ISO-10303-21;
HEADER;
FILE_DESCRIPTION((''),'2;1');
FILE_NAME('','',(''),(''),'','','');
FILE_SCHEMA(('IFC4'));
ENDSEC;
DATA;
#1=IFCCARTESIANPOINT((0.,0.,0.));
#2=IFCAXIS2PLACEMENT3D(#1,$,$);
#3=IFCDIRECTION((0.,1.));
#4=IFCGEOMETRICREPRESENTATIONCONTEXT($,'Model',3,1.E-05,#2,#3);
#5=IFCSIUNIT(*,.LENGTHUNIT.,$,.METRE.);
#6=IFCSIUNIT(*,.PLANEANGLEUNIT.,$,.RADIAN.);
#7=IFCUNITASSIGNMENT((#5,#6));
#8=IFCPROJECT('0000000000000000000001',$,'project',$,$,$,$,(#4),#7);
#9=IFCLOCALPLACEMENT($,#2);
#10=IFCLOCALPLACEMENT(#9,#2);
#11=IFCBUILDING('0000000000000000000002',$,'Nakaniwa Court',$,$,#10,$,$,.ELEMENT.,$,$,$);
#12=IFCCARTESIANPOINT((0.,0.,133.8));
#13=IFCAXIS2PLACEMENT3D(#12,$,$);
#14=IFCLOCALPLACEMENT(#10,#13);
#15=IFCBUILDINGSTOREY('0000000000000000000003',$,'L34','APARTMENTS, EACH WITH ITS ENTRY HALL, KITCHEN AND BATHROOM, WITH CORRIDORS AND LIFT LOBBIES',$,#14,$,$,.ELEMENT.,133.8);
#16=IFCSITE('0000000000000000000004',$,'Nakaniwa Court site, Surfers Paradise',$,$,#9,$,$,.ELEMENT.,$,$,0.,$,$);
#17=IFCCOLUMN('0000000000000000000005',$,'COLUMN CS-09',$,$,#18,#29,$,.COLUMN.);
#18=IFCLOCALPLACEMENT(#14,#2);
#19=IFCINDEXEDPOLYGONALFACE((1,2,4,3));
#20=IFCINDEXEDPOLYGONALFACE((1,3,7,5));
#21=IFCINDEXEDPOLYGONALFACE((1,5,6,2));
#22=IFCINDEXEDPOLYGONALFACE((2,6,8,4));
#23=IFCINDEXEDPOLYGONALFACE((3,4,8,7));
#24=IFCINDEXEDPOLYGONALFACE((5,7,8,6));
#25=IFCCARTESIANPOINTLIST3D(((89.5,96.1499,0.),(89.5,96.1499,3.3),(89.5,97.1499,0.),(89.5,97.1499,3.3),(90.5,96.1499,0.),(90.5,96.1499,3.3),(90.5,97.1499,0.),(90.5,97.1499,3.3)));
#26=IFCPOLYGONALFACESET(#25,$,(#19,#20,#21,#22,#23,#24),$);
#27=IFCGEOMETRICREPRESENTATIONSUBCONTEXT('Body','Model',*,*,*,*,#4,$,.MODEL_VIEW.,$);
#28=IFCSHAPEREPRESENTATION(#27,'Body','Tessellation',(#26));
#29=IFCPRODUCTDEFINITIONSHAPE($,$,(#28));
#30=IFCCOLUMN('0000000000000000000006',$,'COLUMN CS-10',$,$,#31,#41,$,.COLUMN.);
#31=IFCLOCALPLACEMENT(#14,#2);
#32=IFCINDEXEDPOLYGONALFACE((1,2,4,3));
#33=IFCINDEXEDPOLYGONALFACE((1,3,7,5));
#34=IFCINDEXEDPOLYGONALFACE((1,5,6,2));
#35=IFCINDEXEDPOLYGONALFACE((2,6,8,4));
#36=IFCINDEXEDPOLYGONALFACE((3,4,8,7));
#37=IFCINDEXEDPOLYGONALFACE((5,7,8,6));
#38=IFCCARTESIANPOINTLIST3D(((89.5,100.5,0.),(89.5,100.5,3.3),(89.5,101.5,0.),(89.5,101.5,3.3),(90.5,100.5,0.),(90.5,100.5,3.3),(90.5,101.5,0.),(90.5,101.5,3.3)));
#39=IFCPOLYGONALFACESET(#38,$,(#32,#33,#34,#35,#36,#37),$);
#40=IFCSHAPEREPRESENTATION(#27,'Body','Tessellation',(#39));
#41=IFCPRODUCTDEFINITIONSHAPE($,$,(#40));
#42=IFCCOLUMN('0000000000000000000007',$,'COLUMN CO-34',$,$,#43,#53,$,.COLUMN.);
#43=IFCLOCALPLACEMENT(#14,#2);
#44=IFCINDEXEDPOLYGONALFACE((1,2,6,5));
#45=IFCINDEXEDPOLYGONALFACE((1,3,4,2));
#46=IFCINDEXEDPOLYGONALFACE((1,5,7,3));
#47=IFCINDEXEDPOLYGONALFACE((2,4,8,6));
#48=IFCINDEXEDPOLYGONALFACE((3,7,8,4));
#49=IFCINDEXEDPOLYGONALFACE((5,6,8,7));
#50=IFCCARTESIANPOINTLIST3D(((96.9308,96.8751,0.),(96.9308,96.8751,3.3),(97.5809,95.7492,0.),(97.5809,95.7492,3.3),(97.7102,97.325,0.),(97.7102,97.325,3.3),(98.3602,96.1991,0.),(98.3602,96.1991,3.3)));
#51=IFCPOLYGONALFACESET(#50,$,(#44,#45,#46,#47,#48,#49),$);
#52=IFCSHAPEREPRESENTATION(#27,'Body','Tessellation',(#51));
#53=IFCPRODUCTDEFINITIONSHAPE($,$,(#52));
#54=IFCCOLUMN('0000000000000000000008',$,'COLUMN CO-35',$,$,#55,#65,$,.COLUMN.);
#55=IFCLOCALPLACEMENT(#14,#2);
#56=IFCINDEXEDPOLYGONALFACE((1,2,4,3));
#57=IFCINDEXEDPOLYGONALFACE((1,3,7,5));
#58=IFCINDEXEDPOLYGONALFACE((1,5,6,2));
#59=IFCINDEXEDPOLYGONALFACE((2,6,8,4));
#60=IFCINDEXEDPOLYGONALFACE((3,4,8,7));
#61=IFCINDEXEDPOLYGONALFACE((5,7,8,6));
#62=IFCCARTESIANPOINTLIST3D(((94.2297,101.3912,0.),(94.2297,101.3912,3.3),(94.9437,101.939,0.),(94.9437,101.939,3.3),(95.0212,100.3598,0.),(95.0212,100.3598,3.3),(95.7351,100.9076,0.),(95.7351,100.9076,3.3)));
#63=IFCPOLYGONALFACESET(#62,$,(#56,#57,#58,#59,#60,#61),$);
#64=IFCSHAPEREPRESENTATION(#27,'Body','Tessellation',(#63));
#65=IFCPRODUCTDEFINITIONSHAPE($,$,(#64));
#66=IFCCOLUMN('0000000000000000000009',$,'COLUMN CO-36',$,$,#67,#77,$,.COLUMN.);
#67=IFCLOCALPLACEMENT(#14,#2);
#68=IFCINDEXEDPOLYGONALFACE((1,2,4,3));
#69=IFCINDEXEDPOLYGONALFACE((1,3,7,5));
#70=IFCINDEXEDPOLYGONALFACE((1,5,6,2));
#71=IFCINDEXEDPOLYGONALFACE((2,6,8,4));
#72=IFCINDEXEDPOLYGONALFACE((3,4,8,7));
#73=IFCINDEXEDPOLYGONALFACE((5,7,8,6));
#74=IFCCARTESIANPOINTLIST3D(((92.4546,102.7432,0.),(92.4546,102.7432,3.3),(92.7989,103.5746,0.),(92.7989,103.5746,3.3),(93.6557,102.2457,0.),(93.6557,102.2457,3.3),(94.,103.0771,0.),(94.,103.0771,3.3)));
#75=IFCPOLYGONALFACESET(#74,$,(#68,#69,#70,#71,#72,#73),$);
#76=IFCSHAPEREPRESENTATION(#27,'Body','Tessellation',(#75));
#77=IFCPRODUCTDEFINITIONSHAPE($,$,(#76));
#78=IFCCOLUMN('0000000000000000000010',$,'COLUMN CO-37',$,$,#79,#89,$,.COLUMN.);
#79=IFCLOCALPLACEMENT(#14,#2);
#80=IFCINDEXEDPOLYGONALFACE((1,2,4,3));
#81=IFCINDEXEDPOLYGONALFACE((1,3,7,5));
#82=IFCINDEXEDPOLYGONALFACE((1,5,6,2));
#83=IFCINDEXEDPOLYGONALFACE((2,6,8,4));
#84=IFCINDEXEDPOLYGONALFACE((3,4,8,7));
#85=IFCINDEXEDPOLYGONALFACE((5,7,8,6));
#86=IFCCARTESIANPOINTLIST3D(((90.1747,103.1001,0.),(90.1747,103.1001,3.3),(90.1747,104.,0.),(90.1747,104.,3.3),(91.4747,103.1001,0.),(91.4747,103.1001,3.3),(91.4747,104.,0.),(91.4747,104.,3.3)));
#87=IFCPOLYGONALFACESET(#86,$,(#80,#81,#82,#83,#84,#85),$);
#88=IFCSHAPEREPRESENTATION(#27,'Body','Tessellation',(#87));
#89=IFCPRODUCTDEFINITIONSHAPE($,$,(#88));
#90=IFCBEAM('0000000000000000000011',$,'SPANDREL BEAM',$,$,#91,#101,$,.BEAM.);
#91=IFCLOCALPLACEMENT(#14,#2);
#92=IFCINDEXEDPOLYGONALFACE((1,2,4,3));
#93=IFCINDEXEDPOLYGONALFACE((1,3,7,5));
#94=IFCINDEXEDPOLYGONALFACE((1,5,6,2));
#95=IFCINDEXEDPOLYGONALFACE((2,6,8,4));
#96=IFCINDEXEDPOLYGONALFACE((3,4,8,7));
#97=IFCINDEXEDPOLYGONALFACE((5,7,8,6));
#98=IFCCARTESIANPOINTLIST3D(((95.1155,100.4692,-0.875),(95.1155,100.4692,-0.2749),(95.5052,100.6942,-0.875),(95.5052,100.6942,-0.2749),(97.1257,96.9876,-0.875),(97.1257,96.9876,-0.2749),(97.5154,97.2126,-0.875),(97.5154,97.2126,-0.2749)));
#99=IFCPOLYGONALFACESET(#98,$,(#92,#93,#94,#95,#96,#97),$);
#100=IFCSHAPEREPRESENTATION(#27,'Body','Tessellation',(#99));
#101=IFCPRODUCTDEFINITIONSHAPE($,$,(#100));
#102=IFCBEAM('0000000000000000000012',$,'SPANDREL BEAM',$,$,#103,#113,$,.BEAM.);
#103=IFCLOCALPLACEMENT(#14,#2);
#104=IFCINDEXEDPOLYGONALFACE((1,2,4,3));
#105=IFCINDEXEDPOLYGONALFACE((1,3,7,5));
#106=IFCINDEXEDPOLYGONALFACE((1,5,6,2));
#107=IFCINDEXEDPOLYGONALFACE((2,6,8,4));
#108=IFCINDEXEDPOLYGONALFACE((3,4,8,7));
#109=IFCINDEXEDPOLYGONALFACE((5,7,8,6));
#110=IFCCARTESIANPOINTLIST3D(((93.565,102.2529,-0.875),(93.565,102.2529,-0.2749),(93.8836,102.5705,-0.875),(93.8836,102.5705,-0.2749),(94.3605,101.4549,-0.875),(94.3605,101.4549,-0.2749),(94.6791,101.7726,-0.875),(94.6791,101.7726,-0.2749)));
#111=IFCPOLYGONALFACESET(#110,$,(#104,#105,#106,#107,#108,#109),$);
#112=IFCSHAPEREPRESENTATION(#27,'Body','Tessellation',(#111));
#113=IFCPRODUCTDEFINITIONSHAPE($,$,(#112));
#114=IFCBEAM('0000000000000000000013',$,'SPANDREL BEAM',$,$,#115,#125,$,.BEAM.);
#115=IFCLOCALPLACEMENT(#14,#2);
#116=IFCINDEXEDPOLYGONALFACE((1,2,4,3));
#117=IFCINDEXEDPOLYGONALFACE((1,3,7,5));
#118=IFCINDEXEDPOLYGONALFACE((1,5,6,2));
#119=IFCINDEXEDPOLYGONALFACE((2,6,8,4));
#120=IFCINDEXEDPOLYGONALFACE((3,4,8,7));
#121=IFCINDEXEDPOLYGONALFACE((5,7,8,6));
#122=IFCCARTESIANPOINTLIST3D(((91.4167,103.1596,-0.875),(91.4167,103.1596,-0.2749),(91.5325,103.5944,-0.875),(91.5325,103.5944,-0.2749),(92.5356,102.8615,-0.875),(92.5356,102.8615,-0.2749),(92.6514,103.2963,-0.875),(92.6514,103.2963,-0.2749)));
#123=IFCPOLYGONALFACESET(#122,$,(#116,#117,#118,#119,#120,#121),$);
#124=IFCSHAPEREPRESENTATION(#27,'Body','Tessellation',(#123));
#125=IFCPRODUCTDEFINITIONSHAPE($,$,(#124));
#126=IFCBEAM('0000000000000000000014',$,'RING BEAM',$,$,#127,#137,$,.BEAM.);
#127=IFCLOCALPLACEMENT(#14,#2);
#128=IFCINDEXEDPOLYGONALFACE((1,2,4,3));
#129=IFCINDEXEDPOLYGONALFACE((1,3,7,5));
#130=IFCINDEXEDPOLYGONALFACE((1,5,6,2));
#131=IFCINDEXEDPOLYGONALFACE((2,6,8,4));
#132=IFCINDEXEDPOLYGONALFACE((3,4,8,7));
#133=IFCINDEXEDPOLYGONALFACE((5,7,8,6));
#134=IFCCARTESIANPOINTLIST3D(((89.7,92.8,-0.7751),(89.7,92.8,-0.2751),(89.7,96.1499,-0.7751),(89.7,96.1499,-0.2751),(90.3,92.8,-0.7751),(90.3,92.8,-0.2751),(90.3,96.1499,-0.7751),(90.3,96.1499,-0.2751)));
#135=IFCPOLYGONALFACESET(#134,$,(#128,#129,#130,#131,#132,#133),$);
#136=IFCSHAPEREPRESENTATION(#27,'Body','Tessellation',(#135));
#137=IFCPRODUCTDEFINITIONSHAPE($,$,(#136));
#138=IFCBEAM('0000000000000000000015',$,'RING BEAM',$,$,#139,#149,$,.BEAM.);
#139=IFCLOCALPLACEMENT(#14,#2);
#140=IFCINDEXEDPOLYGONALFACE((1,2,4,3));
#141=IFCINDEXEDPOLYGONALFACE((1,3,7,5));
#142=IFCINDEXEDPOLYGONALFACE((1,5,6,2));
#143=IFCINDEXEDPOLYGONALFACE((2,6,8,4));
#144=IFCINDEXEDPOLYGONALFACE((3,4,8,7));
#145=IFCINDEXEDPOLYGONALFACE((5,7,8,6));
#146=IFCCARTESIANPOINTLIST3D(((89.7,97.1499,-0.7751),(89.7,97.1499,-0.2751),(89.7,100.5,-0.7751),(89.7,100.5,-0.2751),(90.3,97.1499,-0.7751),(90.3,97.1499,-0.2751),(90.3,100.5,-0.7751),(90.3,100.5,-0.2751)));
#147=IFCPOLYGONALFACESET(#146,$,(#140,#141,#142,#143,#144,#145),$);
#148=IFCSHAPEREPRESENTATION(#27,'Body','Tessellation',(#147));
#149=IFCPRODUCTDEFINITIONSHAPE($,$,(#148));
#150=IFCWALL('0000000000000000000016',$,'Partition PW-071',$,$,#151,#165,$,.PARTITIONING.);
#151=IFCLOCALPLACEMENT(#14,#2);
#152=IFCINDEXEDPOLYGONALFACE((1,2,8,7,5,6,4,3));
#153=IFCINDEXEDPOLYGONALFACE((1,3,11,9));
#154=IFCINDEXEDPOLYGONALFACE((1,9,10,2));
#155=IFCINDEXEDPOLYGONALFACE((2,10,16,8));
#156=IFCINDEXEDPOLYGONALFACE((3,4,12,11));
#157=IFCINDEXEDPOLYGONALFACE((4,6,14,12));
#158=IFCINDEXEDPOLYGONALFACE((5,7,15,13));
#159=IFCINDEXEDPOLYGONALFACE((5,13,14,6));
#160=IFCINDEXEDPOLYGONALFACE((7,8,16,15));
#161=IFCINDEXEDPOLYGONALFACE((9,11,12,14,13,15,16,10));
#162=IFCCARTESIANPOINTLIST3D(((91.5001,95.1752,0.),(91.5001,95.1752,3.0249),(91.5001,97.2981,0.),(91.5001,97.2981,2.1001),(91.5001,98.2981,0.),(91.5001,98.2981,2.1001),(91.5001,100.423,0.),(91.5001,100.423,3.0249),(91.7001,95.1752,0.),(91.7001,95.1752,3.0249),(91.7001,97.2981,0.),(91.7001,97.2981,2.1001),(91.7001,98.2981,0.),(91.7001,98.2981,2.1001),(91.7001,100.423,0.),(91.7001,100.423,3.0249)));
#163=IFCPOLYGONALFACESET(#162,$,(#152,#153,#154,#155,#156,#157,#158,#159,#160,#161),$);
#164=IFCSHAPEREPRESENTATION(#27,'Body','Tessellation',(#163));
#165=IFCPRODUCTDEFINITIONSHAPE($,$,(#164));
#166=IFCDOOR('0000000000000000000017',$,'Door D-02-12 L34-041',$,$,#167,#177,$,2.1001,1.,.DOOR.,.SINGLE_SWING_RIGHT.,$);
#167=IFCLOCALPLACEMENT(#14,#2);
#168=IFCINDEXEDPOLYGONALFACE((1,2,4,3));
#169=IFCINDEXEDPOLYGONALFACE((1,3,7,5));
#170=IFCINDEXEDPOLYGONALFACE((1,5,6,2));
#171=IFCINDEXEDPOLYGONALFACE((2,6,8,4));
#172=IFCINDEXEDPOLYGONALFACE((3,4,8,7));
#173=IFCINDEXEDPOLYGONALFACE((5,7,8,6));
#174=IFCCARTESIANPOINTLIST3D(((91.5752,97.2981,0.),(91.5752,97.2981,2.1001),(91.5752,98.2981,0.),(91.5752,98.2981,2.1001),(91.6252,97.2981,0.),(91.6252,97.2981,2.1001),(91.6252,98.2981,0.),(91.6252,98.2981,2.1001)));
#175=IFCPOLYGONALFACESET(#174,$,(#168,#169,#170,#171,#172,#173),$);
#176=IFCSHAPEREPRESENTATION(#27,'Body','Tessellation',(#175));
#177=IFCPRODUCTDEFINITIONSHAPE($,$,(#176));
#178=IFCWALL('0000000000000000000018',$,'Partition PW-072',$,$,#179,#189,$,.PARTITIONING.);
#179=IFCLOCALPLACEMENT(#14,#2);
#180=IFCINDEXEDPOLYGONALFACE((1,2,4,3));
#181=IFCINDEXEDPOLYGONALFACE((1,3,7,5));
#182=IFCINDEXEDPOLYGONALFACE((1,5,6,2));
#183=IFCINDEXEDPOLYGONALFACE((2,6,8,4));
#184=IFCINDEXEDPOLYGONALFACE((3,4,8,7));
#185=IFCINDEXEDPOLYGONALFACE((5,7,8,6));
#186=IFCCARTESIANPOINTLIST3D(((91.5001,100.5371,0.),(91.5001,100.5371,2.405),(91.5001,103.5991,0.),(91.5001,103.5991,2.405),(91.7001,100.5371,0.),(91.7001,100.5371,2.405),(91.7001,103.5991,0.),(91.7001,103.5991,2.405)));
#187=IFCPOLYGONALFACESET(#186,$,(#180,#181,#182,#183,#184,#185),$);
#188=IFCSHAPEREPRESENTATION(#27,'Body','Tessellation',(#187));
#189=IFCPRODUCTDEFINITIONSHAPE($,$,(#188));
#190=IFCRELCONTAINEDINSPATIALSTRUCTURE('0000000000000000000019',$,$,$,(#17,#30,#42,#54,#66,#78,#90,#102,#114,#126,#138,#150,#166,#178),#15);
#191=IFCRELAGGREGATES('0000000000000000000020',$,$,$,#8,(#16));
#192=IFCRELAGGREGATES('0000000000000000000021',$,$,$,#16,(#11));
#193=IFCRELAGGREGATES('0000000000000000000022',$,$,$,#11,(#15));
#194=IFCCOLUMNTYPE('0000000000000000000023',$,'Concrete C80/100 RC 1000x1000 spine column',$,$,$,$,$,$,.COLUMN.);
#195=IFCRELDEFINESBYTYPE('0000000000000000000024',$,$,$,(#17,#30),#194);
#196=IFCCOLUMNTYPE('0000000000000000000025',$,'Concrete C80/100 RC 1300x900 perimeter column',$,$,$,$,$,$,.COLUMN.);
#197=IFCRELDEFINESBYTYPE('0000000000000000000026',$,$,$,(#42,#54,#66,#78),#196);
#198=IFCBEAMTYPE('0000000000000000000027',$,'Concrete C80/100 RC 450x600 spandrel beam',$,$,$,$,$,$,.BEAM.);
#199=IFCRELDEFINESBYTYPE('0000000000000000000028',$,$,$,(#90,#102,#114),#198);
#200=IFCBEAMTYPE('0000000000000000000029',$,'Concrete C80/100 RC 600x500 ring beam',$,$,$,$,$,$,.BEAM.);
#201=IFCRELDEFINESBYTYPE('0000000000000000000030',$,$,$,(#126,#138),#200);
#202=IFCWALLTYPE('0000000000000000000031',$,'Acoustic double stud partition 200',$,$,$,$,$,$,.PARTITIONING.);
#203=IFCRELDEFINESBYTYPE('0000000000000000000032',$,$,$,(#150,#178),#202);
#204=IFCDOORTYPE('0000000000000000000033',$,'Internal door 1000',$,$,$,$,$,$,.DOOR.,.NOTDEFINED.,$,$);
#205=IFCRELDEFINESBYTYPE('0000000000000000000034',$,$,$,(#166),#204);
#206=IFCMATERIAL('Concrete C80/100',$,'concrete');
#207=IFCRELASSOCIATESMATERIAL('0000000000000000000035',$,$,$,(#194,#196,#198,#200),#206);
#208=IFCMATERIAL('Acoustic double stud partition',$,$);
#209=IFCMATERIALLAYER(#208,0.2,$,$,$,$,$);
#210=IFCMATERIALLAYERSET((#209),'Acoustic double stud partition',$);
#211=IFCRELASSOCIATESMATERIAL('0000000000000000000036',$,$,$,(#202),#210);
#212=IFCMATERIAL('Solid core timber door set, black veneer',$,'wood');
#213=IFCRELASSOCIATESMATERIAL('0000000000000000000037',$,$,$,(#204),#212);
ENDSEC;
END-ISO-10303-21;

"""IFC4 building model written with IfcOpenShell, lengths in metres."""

from ifc_helpers import new_model, si_unit, direction, frame, frame_2d, origin, origin_2d, place, context, subcontext, project, spatial, rectangle, extrude, material, layer, layer_set, material_profile, profile_set, type_object, element, fill, save


model = new_model("IFC4")

# Units and contexts
model_context = context("Model", 3, precision=1e-05, world=origin(), true_north=direction((0.0, 1.0)))
body_context = subcontext(model_context, "Body", "Model", "MODEL_VIEW")
ifc_project = project(units=[si_unit("LENGTHUNIT", "METRE"), si_unit("PLANEANGLEUNIT", "RADIAN")], contexts=[model_context])

# Site, building, storey
site_placement = place(None, origin())
site = spatial("IfcSite", under=ifc_project, at=site_placement, Name="Nakaniwa Court site, Surfers Paradise", CompositionType="ELEMENT", RefElevation=0.0)
building_placement = place(site_placement, origin())
building = spatial("IfcBuilding", under=site, at=building_placement, Name="Nakaniwa Court", CompositionType="ELEMENT")
storey_placement = place(building_placement, frame((0.0, 0.0, 133.8)))
storey = spatial("IfcBuildingStorey", under=building, at=storey_placement, Name="L34", Description="APARTMENTS, EACH WITH ITS ENTRY HALL, KITCHEN AND BATHROOM, WITH CORRIDORS AND LIFT LOBBIES", CompositionType="ELEMENT", Elevation=133.8)

# Columns
ifc_material_1 = material(Name="Concrete C80/100", Category="concrete")
ifc_material_profile_1 = material_profile(ifc_material_1, rectangle(XDim=1.0, YDim=1.0, at=origin_2d()), Name="Concrete C80/100 RC 1000x1000 spine column")
ifc_profile_set_1 = profile_set([ifc_material_profile_1], Name="Concrete C80/100")
column_type_1 = type_object("IfcColumnType", Name="Concrete C80/100 RC 1000x1000 spine column", PredefinedType="COLUMN", material=ifc_profile_set_1)
for number, where, z_axis, x_axis, name in (
    (1, (90.0, 96.6499, 0.0), (0.0, 0.0, 1.0), (0.0, 1.0, 0.0), "COLUMN CS-09"),
    (2, (90.0, 101.0, 0.0), (0.0, 0.0, 1.0), (0.0, 1.0, 0.0), "COLUMN CS-10"),
):
    element("IfcColumn", number, at=place(storey_placement, frame(where, z_axis=z_axis, x_axis=x_axis)), inside=storey, type_object=column_type_1, Name=name, PredefinedType="COLUMN", context=body_context, shape_type="SweptSolid", body=[
        extrude(rectangle(XDim=1.0, YDim=1.0, at=origin_2d()), origin(), (0.0, 0.0, 1.0), 3.3),
    ])
ifc_material_profile_2 = material_profile(ifc_material_1, rectangle(XDim=1.3, YDim=0.8999, at=origin_2d()), Name="Concrete C80/100 RC 1300x900 perimeter column")
ifc_profile_set_2 = profile_set([ifc_material_profile_2], Name="Concrete C80/100")
column_type_2 = type_object("IfcColumnType", Name="Concrete C80/100 RC 1300x900 perimeter column", PredefinedType="COLUMN", material=ifc_profile_set_2)
for number, where, z_axis, x_axis, name in (
    (3, (97.6455, 96.5371, 0.0), (0.0, 0.0, 1.0), (-0.5, 0.866025, 0.0), "COLUMN CO-34"),
    (4, (94.9824, 101.1494, 0.0), (0.0, 0.0, 1.0), (-0.608761, 0.793353, 0.0), "COLUMN CO-35"),
    (5, (93.2273, 102.9102, 0.0), (0.0, 0.0, 1.0), (-0.92388, 0.382683, 0.0), "COLUMN CO-36"),
    (6, (90.8247, 103.55, 0.0), (0.0, 0.0, 1.0), (-1.0, 0.0, 0.0), "COLUMN CO-37"),
):
    element("IfcColumn", number, at=place(storey_placement, frame(where, z_axis=z_axis, x_axis=x_axis)), inside=storey, type_object=column_type_2, Name=name, PredefinedType="COLUMN", context=body_context, shape_type="SweptSolid", body=[
        extrude(rectangle(XDim=1.3, YDim=0.8999, at=origin_2d()), origin(), (0.0, 0.0, 1.0), 3.3),
    ])

# Beams
ifc_material_profile_3 = material_profile(ifc_material_1, rectangle(XDim=0.45, YDim=0.6001, at=origin_2d()), Name="Concrete C80/100 RC 450x600 spandrel beam")
ifc_profile_set_3 = profile_set([ifc_material_profile_3], Name="Concrete C80/100")
beam_type_1 = type_object("IfcBeamType", Name="Concrete C80/100 RC 450x600 spandrel beam", PredefinedType="BEAM", material=ifc_profile_set_3)
beam_1_placement = place(storey_placement, frame((97.3206, 97.1001, -0.575), z_axis=(-0.500019, 0.866015, 0.0), x_axis=(-0.866015, -0.500019, 0.0)))
element("IfcBeam", 7, at=beam_1_placement, inside=storey, type_object=beam_type_1, Name="SPANDREL BEAM", PredefinedType="BEAM", context=body_context, shape_type="SweptSolid", body=[
    extrude(rectangle(XDim=0.45, YDim=0.6001, at=origin_2d()), origin(), (0.0, 0.0, 1.0), 4.0203),
])
beam_2_placement = place(storey_placement, frame((94.5198, 101.6138, -0.575), z_axis=(-0.706022, 0.708189, 0.0), x_axis=(-0.708189, -0.706022, 0.0)))
element("IfcBeam", 8, at=beam_2_placement, inside=storey, type_object=beam_type_1, Name="SPANDREL BEAM", PredefinedType="BEAM", context=body_context, shape_type="SweptSolid", body=[
    extrude(rectangle(XDim=0.45, YDim=0.6001, at=origin_2d()), origin(), (0.0, 0.0, 1.0), 1.1267),
])
beam_3_placement = place(storey_placement, frame((92.5935, 103.0789, -0.575), z_axis=(-0.966294, 0.25744, 0.0), x_axis=(-0.25744, -0.966294, 0.0)))
element("IfcBeam", 9, at=beam_3_placement, inside=storey, type_object=beam_type_1, Name="SPANDREL BEAM", PredefinedType="BEAM", context=body_context, shape_type="SweptSolid", body=[
    extrude(rectangle(XDim=0.45, YDim=0.6001, at=origin_2d()), origin(), (0.0, 0.0, 1.0), 1.158),
])
ifc_material_profile_4 = material_profile(ifc_material_1, rectangle(XDim=0.6001, YDim=0.5, at=origin_2d()), Name="Concrete C80/100 RC 600x500 ring beam")
ifc_profile_set_4 = profile_set([ifc_material_profile_4], Name="Concrete C80/100")
beam_type_2 = type_object("IfcBeamType", Name="Concrete C80/100 RC 600x500 ring beam", PredefinedType="BEAM", material=ifc_profile_set_4)
beam_4_placement = place(storey_placement, frame((90.0, 92.8, -0.5251), z_axis=(0.0, 1.0, 0.0), x_axis=(-1.0, 0.0, 0.0)))
element("IfcBeam", 10, at=beam_4_placement, inside=storey, type_object=beam_type_2, Name="RING BEAM", PredefinedType="BEAM", context=body_context, shape_type="SweptSolid", body=[
    extrude(rectangle(XDim=0.6001, YDim=0.5, at=origin_2d()), origin(), (0.0, 0.0, 1.0), 3.3499),
])
beam_5_placement = place(storey_placement, frame((90.0, 97.1499, -0.5251), z_axis=(0.0, 1.0, 0.0), x_axis=(-1.0, 0.0, 0.0)))
element("IfcBeam", 11, at=beam_5_placement, inside=storey, type_object=beam_type_2, Name="RING BEAM", PredefinedType="BEAM", context=body_context, shape_type="SweptSolid", body=[
    extrude(rectangle(XDim=0.6001, YDim=0.5, at=origin_2d()), origin(), (0.0, 0.0, 1.0), 3.3501),
])

# Wall, opening, door
ifc_material_2 = material(Name="Acoustic double stud partition")
ifc_layer_1 = layer(ifc_material_2, 0.2)
ifc_layer_set_1 = layer_set([ifc_layer_1], Name="Acoustic double stud partition")
wall_type_1 = type_object("IfcWallType", Name="Acoustic double stud partition 200", PredefinedType="PARTITIONING", material=ifc_layer_set_1)
wall_1_placement = place(storey_placement, frame((91.6001, 95.175, 0.0), z_axis=(0.0, 0.0, 1.0), x_axis=(0.0, 1.0, 0.0)))
wall_1 = element("IfcWall", 12, at=wall_1_placement, inside=storey, type_object=wall_type_1, Name="Partition PW-071", PredefinedType="PARTITIONING", context=body_context, shape_type="SweptSolid", body=[
    extrude(rectangle(XDim=5.2478, YDim=0.2, at=frame_2d((2.624, 0.0))), origin(), (0.0, 0.0, 1.0), 3.0249),
])
opening_1_placement = place(wall_1_placement, frame((2.123, 0.0, 0.0)))
opening_1 = element("IfcOpeningElement", 13, at=opening_1_placement, cuts=wall_1, PredefinedType="OPENING", context=body_context, shape_type="SweptSolid", body=[
    extrude(rectangle(XDim=1.0, YDim=2.1001, at=frame_2d((0.5, 1.05))), frame((0.0, 0.1099, 0.0), z_axis=(0.0, -1.0, 0.0), x_axis=(1.0, 0.0, 0.0)), (0.0, 0.0, 1.0), 0.22),
])
ifc_material_3 = material(Name="Solid core timber door set, black veneer", Category="wood")
door_type = type_object("IfcDoorType", Name="Internal door 1000", OperationType="NOTDEFINED", PredefinedType="DOOR", material=ifc_material_3)
door_1_placement = place(opening_1_placement, origin())
door_1 = element("IfcDoor", 14, at=door_1_placement, inside=storey, type_object=door_type, Name="Door D-02-12 L34-041", OperationType="SINGLE_SWING_RIGHT", OverallHeight=2.1001, OverallWidth=1.0, PredefinedType="DOOR", context=body_context, shape_type="SweptSolid", body=[
    extrude(rectangle(XDim=1.0, YDim=2.1001, at=frame_2d((0.5, 1.05))), frame((0.0, 0.0249, 0.0), z_axis=(0.0, -1.0, 0.0), x_axis=(1.0, 0.0, 0.0)), (0.0, 0.0, 1.0), 0.05),
])
fill(opening_1, door_1)

# Wall
wall_2_placement = place(storey_placement, frame((91.6001, 100.5371, 0.0), z_axis=(0.0, 0.0, 1.0), x_axis=(0.0, 1.0, 0.0)))
element("IfcWall", 15, at=wall_2_placement, inside=storey, type_object=wall_type_1, Name="Partition PW-072", PredefinedType="PARTITIONING", context=body_context, shape_type="SweptSolid", body=[
    extrude(rectangle(XDim=3.062, YDim=0.2, at=frame_2d((1.531, 0.0))), origin(), (0.0, 0.0, 1.0), 2.405),
])

save(model, "model.ifc")
